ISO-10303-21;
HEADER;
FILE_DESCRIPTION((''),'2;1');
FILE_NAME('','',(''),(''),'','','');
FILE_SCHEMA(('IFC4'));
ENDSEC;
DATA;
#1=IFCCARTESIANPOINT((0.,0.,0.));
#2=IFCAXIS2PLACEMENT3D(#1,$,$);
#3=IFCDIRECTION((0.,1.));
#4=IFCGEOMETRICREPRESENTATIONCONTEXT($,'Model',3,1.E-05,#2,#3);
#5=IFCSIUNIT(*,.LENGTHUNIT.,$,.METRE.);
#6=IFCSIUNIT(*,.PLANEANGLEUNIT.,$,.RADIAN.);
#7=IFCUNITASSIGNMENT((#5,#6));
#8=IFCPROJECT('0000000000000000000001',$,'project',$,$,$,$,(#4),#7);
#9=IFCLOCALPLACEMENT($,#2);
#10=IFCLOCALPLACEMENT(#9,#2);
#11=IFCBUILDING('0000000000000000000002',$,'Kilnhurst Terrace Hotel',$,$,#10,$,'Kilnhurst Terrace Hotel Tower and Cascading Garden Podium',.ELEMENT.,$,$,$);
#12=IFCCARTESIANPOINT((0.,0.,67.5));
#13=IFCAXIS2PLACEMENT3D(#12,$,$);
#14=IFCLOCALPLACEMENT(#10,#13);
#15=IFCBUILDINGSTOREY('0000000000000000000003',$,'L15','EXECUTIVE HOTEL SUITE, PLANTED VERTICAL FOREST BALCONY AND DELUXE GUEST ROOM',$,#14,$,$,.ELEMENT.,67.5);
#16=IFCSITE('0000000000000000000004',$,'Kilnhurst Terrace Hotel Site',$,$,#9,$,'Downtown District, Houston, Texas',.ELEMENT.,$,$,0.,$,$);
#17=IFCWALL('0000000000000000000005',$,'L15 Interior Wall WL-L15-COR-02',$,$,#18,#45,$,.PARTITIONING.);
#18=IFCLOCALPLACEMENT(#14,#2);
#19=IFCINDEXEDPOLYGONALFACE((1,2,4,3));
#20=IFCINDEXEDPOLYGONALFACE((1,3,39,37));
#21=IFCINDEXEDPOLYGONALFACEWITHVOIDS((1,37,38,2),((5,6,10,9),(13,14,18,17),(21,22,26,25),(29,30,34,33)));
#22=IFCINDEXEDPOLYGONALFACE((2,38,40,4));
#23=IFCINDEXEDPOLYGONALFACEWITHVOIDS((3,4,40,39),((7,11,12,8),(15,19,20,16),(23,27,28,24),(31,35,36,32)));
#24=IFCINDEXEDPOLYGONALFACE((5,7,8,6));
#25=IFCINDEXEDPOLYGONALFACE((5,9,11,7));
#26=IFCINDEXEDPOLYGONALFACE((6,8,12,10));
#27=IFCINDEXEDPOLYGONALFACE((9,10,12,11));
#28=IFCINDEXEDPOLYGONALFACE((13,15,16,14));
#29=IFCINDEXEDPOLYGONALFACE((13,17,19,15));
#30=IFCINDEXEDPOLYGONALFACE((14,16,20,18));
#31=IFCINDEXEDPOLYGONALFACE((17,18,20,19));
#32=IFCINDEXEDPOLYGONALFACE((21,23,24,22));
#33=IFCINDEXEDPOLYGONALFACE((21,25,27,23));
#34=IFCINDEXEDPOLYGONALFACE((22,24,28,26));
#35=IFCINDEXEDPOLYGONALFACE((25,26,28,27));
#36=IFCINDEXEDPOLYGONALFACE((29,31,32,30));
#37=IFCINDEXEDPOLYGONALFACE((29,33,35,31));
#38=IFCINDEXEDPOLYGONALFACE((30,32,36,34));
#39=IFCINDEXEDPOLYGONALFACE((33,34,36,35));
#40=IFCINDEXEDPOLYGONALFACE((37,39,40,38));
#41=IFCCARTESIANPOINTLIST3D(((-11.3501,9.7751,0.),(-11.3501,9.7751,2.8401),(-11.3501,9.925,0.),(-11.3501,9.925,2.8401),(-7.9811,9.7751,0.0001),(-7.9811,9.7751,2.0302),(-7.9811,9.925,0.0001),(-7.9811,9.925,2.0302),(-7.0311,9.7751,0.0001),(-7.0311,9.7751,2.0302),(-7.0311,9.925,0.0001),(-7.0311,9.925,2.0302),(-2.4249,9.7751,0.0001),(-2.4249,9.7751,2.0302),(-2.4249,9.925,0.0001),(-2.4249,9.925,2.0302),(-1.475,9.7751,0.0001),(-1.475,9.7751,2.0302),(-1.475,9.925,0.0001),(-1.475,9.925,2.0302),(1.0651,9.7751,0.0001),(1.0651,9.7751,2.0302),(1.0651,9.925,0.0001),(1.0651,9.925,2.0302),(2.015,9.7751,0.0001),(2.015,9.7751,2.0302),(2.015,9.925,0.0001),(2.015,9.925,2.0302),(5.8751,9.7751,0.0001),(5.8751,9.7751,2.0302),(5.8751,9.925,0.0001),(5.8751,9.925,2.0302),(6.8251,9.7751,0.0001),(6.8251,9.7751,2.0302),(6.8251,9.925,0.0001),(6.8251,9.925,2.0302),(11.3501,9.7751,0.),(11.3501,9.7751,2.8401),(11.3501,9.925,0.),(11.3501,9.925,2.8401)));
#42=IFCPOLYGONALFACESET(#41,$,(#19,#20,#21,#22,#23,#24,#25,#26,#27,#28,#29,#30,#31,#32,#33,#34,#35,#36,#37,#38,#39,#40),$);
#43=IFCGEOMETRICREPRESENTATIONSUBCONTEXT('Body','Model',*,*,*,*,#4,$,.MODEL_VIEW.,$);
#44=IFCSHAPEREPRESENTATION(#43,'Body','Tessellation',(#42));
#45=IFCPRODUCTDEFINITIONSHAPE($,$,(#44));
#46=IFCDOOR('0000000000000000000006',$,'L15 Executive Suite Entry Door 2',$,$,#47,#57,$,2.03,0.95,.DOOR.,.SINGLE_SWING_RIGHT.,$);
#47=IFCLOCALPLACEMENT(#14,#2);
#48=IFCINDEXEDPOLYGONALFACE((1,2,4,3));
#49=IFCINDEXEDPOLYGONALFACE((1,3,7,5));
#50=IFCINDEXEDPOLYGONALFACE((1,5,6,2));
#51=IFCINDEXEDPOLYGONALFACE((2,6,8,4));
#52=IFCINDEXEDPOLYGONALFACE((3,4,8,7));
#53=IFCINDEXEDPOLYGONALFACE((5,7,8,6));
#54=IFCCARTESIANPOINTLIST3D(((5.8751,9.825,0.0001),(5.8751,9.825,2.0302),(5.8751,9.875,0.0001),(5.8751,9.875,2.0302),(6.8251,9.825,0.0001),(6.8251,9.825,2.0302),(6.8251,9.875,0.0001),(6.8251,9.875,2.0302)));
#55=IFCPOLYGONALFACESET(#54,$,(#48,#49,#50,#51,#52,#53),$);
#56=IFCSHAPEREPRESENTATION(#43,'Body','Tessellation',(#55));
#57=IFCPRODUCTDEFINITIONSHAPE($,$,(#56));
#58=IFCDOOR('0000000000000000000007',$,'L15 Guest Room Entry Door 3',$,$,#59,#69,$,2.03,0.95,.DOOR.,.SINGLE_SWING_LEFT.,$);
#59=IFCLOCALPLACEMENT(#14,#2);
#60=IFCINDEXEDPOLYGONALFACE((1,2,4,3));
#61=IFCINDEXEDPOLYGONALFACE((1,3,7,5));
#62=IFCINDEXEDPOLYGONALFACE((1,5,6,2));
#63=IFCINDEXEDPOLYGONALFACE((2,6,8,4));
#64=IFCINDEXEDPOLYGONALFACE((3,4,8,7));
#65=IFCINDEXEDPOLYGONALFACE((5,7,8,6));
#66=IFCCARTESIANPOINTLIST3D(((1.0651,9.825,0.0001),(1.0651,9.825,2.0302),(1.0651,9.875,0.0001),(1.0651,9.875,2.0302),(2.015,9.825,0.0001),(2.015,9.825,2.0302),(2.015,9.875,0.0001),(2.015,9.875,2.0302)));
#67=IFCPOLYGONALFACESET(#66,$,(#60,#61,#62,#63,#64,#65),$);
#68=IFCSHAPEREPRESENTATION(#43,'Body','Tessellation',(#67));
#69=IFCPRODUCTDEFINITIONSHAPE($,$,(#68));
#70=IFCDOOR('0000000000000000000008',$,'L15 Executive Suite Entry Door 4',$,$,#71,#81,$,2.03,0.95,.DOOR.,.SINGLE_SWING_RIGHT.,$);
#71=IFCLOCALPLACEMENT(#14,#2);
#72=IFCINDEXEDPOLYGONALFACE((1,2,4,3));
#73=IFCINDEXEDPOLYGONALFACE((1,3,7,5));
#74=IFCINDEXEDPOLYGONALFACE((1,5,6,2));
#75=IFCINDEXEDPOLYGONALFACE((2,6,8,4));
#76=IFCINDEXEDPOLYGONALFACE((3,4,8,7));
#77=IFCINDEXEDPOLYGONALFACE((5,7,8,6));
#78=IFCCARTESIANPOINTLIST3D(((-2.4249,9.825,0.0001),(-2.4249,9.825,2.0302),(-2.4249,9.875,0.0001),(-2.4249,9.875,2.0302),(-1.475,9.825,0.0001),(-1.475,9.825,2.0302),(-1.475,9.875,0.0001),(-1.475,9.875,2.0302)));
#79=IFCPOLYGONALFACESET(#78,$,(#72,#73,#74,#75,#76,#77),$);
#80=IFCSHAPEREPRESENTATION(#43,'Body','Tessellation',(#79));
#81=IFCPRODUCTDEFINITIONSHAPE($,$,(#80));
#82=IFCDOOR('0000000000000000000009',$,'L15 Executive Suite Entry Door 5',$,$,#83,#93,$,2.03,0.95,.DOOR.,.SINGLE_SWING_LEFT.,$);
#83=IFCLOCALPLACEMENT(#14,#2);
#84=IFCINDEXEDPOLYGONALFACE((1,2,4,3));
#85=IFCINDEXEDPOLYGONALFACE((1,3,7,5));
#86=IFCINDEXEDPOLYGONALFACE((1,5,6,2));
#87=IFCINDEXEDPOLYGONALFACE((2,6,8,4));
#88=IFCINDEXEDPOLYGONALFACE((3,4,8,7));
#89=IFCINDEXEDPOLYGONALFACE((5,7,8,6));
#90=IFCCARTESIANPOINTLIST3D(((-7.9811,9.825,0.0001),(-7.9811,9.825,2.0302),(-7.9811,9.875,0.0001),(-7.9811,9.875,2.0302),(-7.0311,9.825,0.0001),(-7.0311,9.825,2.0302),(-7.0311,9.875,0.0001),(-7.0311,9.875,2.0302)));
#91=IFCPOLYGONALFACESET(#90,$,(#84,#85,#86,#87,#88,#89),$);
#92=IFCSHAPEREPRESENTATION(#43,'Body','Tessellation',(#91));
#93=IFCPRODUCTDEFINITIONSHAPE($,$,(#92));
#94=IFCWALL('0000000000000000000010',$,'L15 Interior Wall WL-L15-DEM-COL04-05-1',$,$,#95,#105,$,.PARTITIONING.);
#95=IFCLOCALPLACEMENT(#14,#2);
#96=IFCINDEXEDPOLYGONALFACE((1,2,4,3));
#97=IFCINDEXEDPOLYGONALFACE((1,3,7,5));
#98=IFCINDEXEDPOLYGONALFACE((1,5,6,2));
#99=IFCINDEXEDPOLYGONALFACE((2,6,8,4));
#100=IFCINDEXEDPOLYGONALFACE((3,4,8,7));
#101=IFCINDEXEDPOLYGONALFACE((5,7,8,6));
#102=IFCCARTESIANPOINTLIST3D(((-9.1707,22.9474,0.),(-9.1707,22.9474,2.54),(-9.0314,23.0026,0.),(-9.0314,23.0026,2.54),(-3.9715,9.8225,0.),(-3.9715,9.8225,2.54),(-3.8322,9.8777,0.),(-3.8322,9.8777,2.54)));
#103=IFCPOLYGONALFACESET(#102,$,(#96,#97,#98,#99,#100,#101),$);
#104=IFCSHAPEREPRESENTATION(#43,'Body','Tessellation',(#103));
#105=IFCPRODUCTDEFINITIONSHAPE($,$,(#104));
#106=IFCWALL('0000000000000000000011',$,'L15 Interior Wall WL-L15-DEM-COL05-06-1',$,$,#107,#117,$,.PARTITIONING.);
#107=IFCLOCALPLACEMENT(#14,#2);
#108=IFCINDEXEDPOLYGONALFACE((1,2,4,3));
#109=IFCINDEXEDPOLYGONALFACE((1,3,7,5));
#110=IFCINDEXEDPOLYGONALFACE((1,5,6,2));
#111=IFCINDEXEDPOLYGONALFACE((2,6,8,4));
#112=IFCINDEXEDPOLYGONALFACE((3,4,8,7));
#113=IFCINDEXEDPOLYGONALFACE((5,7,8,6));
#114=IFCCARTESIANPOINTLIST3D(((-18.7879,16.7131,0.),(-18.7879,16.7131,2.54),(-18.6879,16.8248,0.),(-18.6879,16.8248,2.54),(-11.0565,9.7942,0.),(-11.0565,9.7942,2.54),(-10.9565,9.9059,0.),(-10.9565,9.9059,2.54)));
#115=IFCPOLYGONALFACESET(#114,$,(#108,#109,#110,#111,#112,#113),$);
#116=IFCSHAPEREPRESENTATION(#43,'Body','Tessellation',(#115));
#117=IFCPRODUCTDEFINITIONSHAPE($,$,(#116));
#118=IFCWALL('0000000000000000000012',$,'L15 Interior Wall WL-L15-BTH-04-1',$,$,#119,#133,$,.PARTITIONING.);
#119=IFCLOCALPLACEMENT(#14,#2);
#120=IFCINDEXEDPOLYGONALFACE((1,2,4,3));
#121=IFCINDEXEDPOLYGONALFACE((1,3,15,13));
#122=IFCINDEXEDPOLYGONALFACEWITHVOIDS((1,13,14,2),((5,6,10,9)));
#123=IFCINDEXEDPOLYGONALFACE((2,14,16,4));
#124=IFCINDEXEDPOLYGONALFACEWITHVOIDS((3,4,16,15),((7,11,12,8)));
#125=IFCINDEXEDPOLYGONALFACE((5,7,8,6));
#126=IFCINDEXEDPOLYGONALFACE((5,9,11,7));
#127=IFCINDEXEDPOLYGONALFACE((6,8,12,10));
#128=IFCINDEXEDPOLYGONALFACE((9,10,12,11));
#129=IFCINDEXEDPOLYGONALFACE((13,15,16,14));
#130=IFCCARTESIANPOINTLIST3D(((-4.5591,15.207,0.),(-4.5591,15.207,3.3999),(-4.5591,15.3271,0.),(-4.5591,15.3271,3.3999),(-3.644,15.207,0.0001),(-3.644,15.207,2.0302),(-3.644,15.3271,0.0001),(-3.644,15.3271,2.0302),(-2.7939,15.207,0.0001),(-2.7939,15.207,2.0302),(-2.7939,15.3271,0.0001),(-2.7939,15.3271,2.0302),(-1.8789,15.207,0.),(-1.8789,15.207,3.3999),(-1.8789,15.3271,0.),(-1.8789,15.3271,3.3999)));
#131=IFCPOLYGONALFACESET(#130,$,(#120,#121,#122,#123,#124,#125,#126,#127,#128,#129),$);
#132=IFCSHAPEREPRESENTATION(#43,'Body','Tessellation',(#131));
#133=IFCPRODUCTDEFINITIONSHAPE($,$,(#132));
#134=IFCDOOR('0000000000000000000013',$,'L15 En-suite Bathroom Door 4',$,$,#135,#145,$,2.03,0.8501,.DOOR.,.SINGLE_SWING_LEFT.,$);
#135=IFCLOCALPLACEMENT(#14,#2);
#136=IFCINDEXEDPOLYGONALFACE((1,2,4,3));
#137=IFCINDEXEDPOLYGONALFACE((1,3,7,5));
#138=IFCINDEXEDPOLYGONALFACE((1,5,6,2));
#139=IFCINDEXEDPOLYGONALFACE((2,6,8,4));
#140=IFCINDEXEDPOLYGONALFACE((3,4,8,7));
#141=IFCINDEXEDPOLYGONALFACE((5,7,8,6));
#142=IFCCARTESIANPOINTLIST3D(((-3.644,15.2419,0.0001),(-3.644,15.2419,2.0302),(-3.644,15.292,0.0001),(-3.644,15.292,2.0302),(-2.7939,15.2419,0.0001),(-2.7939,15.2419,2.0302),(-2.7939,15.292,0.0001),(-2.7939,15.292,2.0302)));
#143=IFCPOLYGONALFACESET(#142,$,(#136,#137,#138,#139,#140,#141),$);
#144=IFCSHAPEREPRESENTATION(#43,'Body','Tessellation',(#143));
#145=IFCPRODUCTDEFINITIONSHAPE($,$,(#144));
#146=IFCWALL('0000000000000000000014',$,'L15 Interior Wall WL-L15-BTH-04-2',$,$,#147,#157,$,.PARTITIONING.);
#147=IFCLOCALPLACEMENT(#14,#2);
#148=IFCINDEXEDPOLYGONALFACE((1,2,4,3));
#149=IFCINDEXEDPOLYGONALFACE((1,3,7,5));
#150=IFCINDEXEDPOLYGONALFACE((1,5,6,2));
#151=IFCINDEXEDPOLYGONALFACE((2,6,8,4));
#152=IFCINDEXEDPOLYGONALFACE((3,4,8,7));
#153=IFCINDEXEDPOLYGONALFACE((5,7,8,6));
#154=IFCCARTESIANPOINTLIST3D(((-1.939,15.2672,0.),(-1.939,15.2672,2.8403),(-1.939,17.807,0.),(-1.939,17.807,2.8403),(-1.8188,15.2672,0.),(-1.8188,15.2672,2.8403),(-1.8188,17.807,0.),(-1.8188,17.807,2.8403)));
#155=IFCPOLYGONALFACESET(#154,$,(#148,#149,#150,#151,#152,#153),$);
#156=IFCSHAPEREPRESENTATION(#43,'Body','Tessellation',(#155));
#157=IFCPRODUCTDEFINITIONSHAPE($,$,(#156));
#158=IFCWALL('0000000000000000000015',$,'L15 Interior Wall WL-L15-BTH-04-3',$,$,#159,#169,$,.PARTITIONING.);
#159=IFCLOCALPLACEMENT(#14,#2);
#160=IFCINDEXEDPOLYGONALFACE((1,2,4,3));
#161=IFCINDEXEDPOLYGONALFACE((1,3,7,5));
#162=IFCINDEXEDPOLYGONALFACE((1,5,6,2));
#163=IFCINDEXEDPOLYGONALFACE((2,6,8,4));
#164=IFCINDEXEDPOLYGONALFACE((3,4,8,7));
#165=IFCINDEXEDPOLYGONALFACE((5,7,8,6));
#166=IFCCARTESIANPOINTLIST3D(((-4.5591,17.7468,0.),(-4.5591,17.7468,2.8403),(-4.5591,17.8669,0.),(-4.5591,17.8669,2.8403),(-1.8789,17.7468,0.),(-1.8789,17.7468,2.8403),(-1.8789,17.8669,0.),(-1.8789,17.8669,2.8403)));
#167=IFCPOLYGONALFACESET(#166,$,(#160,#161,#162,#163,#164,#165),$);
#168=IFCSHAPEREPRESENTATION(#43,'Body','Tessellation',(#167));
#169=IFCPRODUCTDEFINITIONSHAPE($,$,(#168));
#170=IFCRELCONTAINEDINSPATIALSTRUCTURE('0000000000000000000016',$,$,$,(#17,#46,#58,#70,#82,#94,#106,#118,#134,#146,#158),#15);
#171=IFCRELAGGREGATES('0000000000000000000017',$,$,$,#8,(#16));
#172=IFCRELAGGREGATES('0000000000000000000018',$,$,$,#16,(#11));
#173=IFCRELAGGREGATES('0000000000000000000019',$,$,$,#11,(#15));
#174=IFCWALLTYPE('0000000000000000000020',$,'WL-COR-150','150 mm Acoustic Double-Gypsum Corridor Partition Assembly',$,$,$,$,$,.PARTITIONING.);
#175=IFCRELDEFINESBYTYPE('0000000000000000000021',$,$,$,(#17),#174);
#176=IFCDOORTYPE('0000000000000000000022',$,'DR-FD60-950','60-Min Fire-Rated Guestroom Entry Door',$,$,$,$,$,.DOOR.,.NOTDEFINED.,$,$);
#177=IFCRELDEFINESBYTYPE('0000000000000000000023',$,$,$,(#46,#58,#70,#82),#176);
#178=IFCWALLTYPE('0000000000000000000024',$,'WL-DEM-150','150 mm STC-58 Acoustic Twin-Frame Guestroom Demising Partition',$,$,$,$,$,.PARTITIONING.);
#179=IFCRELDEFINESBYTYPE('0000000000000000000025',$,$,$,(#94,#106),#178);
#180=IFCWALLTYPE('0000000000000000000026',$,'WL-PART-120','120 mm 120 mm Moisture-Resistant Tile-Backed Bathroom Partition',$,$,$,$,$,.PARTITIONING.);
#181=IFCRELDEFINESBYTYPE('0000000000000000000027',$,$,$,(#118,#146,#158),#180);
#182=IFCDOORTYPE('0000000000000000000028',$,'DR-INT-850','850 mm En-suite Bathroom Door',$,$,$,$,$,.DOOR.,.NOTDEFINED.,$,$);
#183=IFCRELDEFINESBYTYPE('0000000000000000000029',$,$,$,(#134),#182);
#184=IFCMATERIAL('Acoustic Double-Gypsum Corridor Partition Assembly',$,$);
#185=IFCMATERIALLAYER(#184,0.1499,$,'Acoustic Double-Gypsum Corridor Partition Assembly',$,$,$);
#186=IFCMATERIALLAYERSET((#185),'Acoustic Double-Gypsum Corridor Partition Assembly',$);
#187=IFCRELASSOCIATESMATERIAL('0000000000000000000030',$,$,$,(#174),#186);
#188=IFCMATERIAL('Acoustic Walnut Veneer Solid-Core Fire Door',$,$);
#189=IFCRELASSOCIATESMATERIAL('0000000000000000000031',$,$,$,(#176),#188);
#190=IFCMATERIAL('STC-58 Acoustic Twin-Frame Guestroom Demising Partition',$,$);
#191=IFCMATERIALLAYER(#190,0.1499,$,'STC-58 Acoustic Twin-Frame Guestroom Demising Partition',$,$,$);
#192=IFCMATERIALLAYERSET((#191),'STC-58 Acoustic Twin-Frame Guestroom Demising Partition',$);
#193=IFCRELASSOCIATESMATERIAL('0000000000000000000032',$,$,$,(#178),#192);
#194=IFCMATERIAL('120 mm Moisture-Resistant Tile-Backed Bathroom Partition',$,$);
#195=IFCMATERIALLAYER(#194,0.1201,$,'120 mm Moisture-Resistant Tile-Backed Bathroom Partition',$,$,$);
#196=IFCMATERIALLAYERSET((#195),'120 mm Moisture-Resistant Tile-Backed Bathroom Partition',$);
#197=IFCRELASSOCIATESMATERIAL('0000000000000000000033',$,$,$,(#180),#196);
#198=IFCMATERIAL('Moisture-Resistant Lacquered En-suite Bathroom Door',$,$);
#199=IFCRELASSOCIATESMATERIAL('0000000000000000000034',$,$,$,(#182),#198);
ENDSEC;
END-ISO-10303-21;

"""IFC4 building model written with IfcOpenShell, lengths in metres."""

from ifc_helpers import new_model, si_unit, direction, frame, frame_2d, origin, place, context, subcontext, project, spatial, rectangle, extrude, material, layer, layer_set, type_object, element, fill, save


model = new_model("IFC4")

# Units and contexts
model_context = context("Model", 3, precision=1e-05, world=origin(), true_north=direction((0.0, 1.0)))
body_context = subcontext(model_context, "Body", "Model", "MODEL_VIEW")
ifc_project = project(units=[si_unit("LENGTHUNIT", "METRE"), si_unit("PLANEANGLEUNIT", "RADIAN")], contexts=[model_context])

# Site, building, storey
site_placement = place(None, origin())
site = spatial("IfcSite", under=ifc_project, at=site_placement, Name="Kilnhurst Terrace Hotel Site", LongName="Downtown District, Houston, Texas", CompositionType="ELEMENT", RefElevation=0.0)
building_placement = place(site_placement, origin())
building = spatial("IfcBuilding", under=site, at=building_placement, Name="Kilnhurst Terrace Hotel", LongName="Kilnhurst Terrace Hotel Tower and Cascading Garden Podium", CompositionType="ELEMENT")
storey_placement = place(building_placement, frame((0.0, 0.0, 67.5)))
storey = spatial("IfcBuildingStorey", under=building, at=storey_placement, Name="L15", Description="EXECUTIVE HOTEL SUITE, PLANTED VERTICAL FOREST BALCONY AND DELUXE GUEST ROOM", CompositionType="ELEMENT", Elevation=67.5)

# Wall, openings, doors
ifc_material_1 = material(Name="Acoustic Double-Gypsum Corridor Partition Assembly")
ifc_layer_1 = layer(ifc_material_1, 0.1499, Name="Acoustic Double-Gypsum Corridor Partition Assembly")
ifc_layer_set_1 = layer_set([ifc_layer_1], Name="Acoustic Double-Gypsum Corridor Partition Assembly")
wall_type_1 = type_object("IfcWallType", Name="WL-COR-150", Description="150 mm Acoustic Double-Gypsum Corridor Partition Assembly", PredefinedType="PARTITIONING", material=ifc_layer_set_1)
wall_1_placement = place(storey_placement, frame((-11.3501, 9.8501, 0.0), z_axis=(0.0, 0.0, 1.0), x_axis=(1.0, 0.0, 0.0)))
wall_1 = element("IfcWall", 1, at=wall_1_placement, inside=storey, type_object=wall_type_1, Name="L15 Interior Wall WL-L15-COR-02", PredefinedType="PARTITIONING", context=body_context, shape_type="SweptSolid", body=[
    extrude(rectangle(XDim=22.7002, YDim=0.1499, at=frame_2d((11.3501, 0.0))), origin(), (0.0, 0.0, 1.0), 2.8401),
])
opening_1_placement = place(wall_1_placement, frame((17.2251, 0.0, 0.0)))
opening_1 = element("IfcOpeningElement", 2, at=opening_1_placement, cuts=wall_1, PredefinedType="OPENING", context=body_context, shape_type="SweptSolid", body=[
    extrude(rectangle(XDim=0.95, YDim=2.03, at=frame_2d((0.4751, 1.0151))), frame((0.0, 0.085, 0.0), z_axis=(0.0, -1.0, 0.0), x_axis=(1.0, 0.0, 0.0)), (0.0, 0.0, 1.0), 0.1699),
])
opening_2_placement = place(wall_1_placement, frame((12.415, 0.0, 0.0)))
opening_2 = element("IfcOpeningElement", 3, at=opening_2_placement, cuts=wall_1, PredefinedType="OPENING", context=body_context, shape_type="SweptSolid", body=[
    extrude(rectangle(XDim=0.95, YDim=2.03, at=frame_2d((0.4751, 1.0151))), frame((0.0, 0.085, 0.0), z_axis=(0.0, -1.0, 0.0), x_axis=(1.0, 0.0, 0.0)), (0.0, 0.0, 1.0), 0.1699),
])
opening_3_placement = place(wall_1_placement, frame((8.925, 0.0, 0.0)))
opening_3 = element("IfcOpeningElement", 4, at=opening_3_placement, cuts=wall_1, PredefinedType="OPENING", context=body_context, shape_type="SweptSolid", body=[
    extrude(rectangle(XDim=0.95, YDim=2.03, at=frame_2d((0.4751, 1.0151))), frame((0.0, 0.085, 0.0), z_axis=(0.0, -1.0, 0.0), x_axis=(1.0, 0.0, 0.0)), (0.0, 0.0, 1.0), 0.1699),
])
opening_4_placement = place(wall_1_placement, frame((3.3689, 0.0, 0.0)))
opening_4 = element("IfcOpeningElement", 5, at=opening_4_placement, cuts=wall_1, PredefinedType="OPENING", context=body_context, shape_type="SweptSolid", body=[
    extrude(rectangle(XDim=0.95, YDim=2.03, at=frame_2d((0.4751, 1.0151))), frame((0.0, 0.085, 0.0), z_axis=(0.0, -1.0, 0.0), x_axis=(1.0, 0.0, 0.0)), (0.0, 0.0, 1.0), 0.1699),
])
ifc_material_2 = material(Name="Acoustic Walnut Veneer Solid-Core Fire Door")
door_type_1 = type_object("IfcDoorType", Name="DR-FD60-950", Description="60-Min Fire-Rated Guestroom Entry Door", OperationType="NOTDEFINED", PredefinedType="DOOR", material=ifc_material_2)
door_1_placement = place(opening_1_placement, origin())
door_1 = element("IfcDoor", 6, at=door_1_placement, inside=storey, type_object=door_type_1, Name="L15 Executive Suite Entry Door 2", OperationType="SINGLE_SWING_RIGHT", OverallHeight=2.03, OverallWidth=0.95, PredefinedType="DOOR", context=body_context, shape_type="SweptSolid", body=[
    extrude(rectangle(XDim=0.95, YDim=2.03, at=frame_2d((0.4751, 1.0151))), frame((0.0, 0.0249, 0.0), z_axis=(0.0, -1.0, 0.0), x_axis=(1.0, 0.0, 0.0)), (0.0, 0.0, 1.0), 0.05),
])
fill(opening_1, door_1)
door_2_placement = place(opening_2_placement, origin())
door_2 = element("IfcDoor", 7, at=door_2_placement, inside=storey, type_object=door_type_1, Name="L15 Guest Room Entry Door 3", OperationType="SINGLE_SWING_LEFT", OverallHeight=2.03, OverallWidth=0.95, PredefinedType="DOOR", context=body_context, shape_type="SweptSolid", body=[
    extrude(rectangle(XDim=0.95, YDim=2.03, at=frame_2d((0.4751, 1.0151))), frame((0.0, 0.0249, 0.0), z_axis=(0.0, -1.0, 0.0), x_axis=(1.0, 0.0, 0.0)), (0.0, 0.0, 1.0), 0.05),
])
fill(opening_2, door_2)
door_3_placement = place(opening_3_placement, origin())
door_3 = element("IfcDoor", 8, at=door_3_placement, inside=storey, type_object=door_type_1, Name="L15 Executive Suite Entry Door 4", OperationType="SINGLE_SWING_RIGHT", OverallHeight=2.03, OverallWidth=0.95, PredefinedType="DOOR", context=body_context, shape_type="SweptSolid", body=[
    extrude(rectangle(XDim=0.95, YDim=2.03, at=frame_2d((0.4751, 1.0151))), frame((0.0, 0.0249, 0.0), z_axis=(0.0, -1.0, 0.0), x_axis=(1.0, 0.0, 0.0)), (0.0, 0.0, 1.0), 0.05),
])
fill(opening_3, door_3)
door_4_placement = place(opening_4_placement, origin())
door_4 = element("IfcDoor", 9, at=door_4_placement, inside=storey, type_object=door_type_1, Name="L15 Executive Suite Entry Door 5", OperationType="SINGLE_SWING_LEFT", OverallHeight=2.03, OverallWidth=0.95, PredefinedType="DOOR", context=body_context, shape_type="SweptSolid", body=[
    extrude(rectangle(XDim=0.95, YDim=2.03, at=frame_2d((0.4751, 1.0151))), frame((0.0, 0.0249, 0.0), z_axis=(0.0, -1.0, 0.0), x_axis=(1.0, 0.0, 0.0)), (0.0, 0.0, 1.0), 0.05),
])
fill(opening_4, door_4)

# Walls
ifc_material_3 = material(Name="STC-58 Acoustic Twin-Frame Guestroom Demising Partition")
ifc_layer_2 = layer(ifc_material_3, 0.1499, Name="STC-58 Acoustic Twin-Frame Guestroom Demising Partition")
ifc_layer_set_2 = layer_set([ifc_layer_2], Name="STC-58 Acoustic Twin-Frame Guestroom Demising Partition")
wall_type_2 = type_object("IfcWallType", Name="WL-DEM-150", Description="150 mm STC-58 Acoustic Twin-Frame Guestroom Demising Partition", PredefinedType="PARTITIONING", material=ifc_layer_set_2)
wall_2_placement = place(storey_placement, frame((-3.9019, 9.8501, 0.0), z_axis=(0.0, 0.0, 1.0), x_axis=(-0.368288, 0.929712, 0.0)))
element("IfcWall", 10, at=wall_2_placement, inside=storey, type_object=wall_type_2, Name="L15 Interior Wall WL-L15-DEM-COL04-05-1", PredefinedType="PARTITIONING", context=body_context, shape_type="SweptSolid", body=[
    extrude(rectangle(XDim=14.1172, YDim=0.1499, at=frame_2d((7.0586, 0.0))), origin(), (0.0, 0.0, 1.0), 2.54),
])
wall_3_placement = place(storey_placement, frame((-11.0066, 9.8501, 0.0), z_axis=(0.0, 0.0, 1.0), x_axis=(-0.745177, 0.666866, 0.0)))
element("IfcWall", 11, at=wall_3_placement, inside=storey, type_object=wall_type_2, Name="L15 Interior Wall WL-L15-DEM-COL05-06-1", PredefinedType="PARTITIONING", context=body_context, shape_type="SweptSolid", body=[
    extrude(rectangle(XDim=10.3752, YDim=0.1499, at=frame_2d((5.1875, 0.0))), origin(), (0.0, 0.0, 1.0), 2.54),
])

# Wall, opening, door
ifc_material_4 = material(Name="120 mm Moisture-Resistant Tile-Backed Bathroom Partition")
ifc_layer_3 = layer(ifc_material_4, 0.1201, Name="120 mm Moisture-Resistant Tile-Backed Bathroom Partition")
ifc_layer_set_3 = layer_set([ifc_layer_3], Name="120 mm Moisture-Resistant Tile-Backed Bathroom Partition")
wall_type_3 = type_object("IfcWallType", Name="WL-PART-120", Description="120 mm 120 mm Moisture-Resistant Tile-Backed Bathroom Partition", PredefinedType="PARTITIONING", material=ifc_layer_set_3)
wall_4_placement = place(storey_placement, frame((-4.5591, 15.2671, 0.0), z_axis=(0.0, 0.0, 1.0), x_axis=(1.0, 0.0, 0.0)))
wall_4 = element("IfcWall", 12, at=wall_4_placement, inside=storey, type_object=wall_type_3, Name="L15 Interior Wall WL-L15-BTH-04-1", PredefinedType="PARTITIONING", context=body_context, shape_type="SweptSolid", body=[
    extrude(rectangle(XDim=2.6802, YDim=0.1201, at=frame_2d((1.3401, 0.0))), origin(), (0.0, 0.0, 1.0), 3.3999),
])
opening_5_placement = place(wall_4_placement, frame((0.915, 0.0, 0.0)))
opening_5 = element("IfcOpeningElement", 13, at=opening_5_placement, cuts=wall_4, PredefinedType="OPENING", context=body_context, shape_type="SweptSolid", body=[
    extrude(rectangle(XDim=0.8501, YDim=2.03, at=frame_2d((0.425, 1.0151))), frame((0.0, 0.0701, 0.0), z_axis=(0.0, -1.0, 0.0), x_axis=(1.0, 0.0, 0.0)), (0.0, 0.0, 1.0), 0.1401),
])
ifc_material_5 = material(Name="Moisture-Resistant Lacquered En-suite Bathroom Door")
door_type_2 = type_object("IfcDoorType", Name="DR-INT-850", Description="850 mm En-suite Bathroom Door", OperationType="NOTDEFINED", PredefinedType="DOOR", material=ifc_material_5)
door_5_placement = place(opening_5_placement, origin())
door_5 = element("IfcDoor", 14, at=door_5_placement, inside=storey, type_object=door_type_2, Name="L15 En-suite Bathroom Door 4", OperationType="SINGLE_SWING_LEFT", OverallHeight=2.03, OverallWidth=0.8501, PredefinedType="DOOR", context=body_context, shape_type="SweptSolid", body=[
    extrude(rectangle(XDim=0.8501, YDim=2.03, at=frame_2d((0.425, 1.0151))), frame((0.0, 0.0249, 0.0), z_axis=(0.0, -1.0, 0.0), x_axis=(1.0, 0.0, 0.0)), (0.0, 0.0, 1.0), 0.05),
])
fill(opening_5, door_5)

# Walls
wall_5_placement = place(storey_placement, frame((-1.8789, 15.2671, 0.0), z_axis=(0.0, 0.0, 1.0), x_axis=(0.0, 1.0, 0.0)))
element("IfcWall", 15, at=wall_5_placement, inside=storey, type_object=wall_type_3, Name="L15 Interior Wall WL-L15-BTH-04-2", PredefinedType="PARTITIONING", context=body_context, shape_type="SweptSolid", body=[
    extrude(rectangle(XDim=2.5398, YDim=0.1201, at=frame_2d((1.27, 0.0))), origin(), (0.0, 0.0, 1.0), 2.8403),
])
wall_6_placement = place(storey_placement, frame((-1.8789, 17.8069, 0.0), z_axis=(0.0, 0.0, 1.0), x_axis=(-1.0, 0.0, 0.0)))
element("IfcWall", 16, at=wall_6_placement, inside=storey, type_object=wall_type_3, Name="L15 Interior Wall WL-L15-BTH-04-3", PredefinedType="PARTITIONING", context=body_context, shape_type="SweptSolid", body=[
    extrude(rectangle(XDim=2.6802, YDim=0.1201, at=frame_2d((1.3401, 0.0))), origin(), (0.0, 0.0, 1.0), 2.8403),
])

save(model, "model.ifc")
